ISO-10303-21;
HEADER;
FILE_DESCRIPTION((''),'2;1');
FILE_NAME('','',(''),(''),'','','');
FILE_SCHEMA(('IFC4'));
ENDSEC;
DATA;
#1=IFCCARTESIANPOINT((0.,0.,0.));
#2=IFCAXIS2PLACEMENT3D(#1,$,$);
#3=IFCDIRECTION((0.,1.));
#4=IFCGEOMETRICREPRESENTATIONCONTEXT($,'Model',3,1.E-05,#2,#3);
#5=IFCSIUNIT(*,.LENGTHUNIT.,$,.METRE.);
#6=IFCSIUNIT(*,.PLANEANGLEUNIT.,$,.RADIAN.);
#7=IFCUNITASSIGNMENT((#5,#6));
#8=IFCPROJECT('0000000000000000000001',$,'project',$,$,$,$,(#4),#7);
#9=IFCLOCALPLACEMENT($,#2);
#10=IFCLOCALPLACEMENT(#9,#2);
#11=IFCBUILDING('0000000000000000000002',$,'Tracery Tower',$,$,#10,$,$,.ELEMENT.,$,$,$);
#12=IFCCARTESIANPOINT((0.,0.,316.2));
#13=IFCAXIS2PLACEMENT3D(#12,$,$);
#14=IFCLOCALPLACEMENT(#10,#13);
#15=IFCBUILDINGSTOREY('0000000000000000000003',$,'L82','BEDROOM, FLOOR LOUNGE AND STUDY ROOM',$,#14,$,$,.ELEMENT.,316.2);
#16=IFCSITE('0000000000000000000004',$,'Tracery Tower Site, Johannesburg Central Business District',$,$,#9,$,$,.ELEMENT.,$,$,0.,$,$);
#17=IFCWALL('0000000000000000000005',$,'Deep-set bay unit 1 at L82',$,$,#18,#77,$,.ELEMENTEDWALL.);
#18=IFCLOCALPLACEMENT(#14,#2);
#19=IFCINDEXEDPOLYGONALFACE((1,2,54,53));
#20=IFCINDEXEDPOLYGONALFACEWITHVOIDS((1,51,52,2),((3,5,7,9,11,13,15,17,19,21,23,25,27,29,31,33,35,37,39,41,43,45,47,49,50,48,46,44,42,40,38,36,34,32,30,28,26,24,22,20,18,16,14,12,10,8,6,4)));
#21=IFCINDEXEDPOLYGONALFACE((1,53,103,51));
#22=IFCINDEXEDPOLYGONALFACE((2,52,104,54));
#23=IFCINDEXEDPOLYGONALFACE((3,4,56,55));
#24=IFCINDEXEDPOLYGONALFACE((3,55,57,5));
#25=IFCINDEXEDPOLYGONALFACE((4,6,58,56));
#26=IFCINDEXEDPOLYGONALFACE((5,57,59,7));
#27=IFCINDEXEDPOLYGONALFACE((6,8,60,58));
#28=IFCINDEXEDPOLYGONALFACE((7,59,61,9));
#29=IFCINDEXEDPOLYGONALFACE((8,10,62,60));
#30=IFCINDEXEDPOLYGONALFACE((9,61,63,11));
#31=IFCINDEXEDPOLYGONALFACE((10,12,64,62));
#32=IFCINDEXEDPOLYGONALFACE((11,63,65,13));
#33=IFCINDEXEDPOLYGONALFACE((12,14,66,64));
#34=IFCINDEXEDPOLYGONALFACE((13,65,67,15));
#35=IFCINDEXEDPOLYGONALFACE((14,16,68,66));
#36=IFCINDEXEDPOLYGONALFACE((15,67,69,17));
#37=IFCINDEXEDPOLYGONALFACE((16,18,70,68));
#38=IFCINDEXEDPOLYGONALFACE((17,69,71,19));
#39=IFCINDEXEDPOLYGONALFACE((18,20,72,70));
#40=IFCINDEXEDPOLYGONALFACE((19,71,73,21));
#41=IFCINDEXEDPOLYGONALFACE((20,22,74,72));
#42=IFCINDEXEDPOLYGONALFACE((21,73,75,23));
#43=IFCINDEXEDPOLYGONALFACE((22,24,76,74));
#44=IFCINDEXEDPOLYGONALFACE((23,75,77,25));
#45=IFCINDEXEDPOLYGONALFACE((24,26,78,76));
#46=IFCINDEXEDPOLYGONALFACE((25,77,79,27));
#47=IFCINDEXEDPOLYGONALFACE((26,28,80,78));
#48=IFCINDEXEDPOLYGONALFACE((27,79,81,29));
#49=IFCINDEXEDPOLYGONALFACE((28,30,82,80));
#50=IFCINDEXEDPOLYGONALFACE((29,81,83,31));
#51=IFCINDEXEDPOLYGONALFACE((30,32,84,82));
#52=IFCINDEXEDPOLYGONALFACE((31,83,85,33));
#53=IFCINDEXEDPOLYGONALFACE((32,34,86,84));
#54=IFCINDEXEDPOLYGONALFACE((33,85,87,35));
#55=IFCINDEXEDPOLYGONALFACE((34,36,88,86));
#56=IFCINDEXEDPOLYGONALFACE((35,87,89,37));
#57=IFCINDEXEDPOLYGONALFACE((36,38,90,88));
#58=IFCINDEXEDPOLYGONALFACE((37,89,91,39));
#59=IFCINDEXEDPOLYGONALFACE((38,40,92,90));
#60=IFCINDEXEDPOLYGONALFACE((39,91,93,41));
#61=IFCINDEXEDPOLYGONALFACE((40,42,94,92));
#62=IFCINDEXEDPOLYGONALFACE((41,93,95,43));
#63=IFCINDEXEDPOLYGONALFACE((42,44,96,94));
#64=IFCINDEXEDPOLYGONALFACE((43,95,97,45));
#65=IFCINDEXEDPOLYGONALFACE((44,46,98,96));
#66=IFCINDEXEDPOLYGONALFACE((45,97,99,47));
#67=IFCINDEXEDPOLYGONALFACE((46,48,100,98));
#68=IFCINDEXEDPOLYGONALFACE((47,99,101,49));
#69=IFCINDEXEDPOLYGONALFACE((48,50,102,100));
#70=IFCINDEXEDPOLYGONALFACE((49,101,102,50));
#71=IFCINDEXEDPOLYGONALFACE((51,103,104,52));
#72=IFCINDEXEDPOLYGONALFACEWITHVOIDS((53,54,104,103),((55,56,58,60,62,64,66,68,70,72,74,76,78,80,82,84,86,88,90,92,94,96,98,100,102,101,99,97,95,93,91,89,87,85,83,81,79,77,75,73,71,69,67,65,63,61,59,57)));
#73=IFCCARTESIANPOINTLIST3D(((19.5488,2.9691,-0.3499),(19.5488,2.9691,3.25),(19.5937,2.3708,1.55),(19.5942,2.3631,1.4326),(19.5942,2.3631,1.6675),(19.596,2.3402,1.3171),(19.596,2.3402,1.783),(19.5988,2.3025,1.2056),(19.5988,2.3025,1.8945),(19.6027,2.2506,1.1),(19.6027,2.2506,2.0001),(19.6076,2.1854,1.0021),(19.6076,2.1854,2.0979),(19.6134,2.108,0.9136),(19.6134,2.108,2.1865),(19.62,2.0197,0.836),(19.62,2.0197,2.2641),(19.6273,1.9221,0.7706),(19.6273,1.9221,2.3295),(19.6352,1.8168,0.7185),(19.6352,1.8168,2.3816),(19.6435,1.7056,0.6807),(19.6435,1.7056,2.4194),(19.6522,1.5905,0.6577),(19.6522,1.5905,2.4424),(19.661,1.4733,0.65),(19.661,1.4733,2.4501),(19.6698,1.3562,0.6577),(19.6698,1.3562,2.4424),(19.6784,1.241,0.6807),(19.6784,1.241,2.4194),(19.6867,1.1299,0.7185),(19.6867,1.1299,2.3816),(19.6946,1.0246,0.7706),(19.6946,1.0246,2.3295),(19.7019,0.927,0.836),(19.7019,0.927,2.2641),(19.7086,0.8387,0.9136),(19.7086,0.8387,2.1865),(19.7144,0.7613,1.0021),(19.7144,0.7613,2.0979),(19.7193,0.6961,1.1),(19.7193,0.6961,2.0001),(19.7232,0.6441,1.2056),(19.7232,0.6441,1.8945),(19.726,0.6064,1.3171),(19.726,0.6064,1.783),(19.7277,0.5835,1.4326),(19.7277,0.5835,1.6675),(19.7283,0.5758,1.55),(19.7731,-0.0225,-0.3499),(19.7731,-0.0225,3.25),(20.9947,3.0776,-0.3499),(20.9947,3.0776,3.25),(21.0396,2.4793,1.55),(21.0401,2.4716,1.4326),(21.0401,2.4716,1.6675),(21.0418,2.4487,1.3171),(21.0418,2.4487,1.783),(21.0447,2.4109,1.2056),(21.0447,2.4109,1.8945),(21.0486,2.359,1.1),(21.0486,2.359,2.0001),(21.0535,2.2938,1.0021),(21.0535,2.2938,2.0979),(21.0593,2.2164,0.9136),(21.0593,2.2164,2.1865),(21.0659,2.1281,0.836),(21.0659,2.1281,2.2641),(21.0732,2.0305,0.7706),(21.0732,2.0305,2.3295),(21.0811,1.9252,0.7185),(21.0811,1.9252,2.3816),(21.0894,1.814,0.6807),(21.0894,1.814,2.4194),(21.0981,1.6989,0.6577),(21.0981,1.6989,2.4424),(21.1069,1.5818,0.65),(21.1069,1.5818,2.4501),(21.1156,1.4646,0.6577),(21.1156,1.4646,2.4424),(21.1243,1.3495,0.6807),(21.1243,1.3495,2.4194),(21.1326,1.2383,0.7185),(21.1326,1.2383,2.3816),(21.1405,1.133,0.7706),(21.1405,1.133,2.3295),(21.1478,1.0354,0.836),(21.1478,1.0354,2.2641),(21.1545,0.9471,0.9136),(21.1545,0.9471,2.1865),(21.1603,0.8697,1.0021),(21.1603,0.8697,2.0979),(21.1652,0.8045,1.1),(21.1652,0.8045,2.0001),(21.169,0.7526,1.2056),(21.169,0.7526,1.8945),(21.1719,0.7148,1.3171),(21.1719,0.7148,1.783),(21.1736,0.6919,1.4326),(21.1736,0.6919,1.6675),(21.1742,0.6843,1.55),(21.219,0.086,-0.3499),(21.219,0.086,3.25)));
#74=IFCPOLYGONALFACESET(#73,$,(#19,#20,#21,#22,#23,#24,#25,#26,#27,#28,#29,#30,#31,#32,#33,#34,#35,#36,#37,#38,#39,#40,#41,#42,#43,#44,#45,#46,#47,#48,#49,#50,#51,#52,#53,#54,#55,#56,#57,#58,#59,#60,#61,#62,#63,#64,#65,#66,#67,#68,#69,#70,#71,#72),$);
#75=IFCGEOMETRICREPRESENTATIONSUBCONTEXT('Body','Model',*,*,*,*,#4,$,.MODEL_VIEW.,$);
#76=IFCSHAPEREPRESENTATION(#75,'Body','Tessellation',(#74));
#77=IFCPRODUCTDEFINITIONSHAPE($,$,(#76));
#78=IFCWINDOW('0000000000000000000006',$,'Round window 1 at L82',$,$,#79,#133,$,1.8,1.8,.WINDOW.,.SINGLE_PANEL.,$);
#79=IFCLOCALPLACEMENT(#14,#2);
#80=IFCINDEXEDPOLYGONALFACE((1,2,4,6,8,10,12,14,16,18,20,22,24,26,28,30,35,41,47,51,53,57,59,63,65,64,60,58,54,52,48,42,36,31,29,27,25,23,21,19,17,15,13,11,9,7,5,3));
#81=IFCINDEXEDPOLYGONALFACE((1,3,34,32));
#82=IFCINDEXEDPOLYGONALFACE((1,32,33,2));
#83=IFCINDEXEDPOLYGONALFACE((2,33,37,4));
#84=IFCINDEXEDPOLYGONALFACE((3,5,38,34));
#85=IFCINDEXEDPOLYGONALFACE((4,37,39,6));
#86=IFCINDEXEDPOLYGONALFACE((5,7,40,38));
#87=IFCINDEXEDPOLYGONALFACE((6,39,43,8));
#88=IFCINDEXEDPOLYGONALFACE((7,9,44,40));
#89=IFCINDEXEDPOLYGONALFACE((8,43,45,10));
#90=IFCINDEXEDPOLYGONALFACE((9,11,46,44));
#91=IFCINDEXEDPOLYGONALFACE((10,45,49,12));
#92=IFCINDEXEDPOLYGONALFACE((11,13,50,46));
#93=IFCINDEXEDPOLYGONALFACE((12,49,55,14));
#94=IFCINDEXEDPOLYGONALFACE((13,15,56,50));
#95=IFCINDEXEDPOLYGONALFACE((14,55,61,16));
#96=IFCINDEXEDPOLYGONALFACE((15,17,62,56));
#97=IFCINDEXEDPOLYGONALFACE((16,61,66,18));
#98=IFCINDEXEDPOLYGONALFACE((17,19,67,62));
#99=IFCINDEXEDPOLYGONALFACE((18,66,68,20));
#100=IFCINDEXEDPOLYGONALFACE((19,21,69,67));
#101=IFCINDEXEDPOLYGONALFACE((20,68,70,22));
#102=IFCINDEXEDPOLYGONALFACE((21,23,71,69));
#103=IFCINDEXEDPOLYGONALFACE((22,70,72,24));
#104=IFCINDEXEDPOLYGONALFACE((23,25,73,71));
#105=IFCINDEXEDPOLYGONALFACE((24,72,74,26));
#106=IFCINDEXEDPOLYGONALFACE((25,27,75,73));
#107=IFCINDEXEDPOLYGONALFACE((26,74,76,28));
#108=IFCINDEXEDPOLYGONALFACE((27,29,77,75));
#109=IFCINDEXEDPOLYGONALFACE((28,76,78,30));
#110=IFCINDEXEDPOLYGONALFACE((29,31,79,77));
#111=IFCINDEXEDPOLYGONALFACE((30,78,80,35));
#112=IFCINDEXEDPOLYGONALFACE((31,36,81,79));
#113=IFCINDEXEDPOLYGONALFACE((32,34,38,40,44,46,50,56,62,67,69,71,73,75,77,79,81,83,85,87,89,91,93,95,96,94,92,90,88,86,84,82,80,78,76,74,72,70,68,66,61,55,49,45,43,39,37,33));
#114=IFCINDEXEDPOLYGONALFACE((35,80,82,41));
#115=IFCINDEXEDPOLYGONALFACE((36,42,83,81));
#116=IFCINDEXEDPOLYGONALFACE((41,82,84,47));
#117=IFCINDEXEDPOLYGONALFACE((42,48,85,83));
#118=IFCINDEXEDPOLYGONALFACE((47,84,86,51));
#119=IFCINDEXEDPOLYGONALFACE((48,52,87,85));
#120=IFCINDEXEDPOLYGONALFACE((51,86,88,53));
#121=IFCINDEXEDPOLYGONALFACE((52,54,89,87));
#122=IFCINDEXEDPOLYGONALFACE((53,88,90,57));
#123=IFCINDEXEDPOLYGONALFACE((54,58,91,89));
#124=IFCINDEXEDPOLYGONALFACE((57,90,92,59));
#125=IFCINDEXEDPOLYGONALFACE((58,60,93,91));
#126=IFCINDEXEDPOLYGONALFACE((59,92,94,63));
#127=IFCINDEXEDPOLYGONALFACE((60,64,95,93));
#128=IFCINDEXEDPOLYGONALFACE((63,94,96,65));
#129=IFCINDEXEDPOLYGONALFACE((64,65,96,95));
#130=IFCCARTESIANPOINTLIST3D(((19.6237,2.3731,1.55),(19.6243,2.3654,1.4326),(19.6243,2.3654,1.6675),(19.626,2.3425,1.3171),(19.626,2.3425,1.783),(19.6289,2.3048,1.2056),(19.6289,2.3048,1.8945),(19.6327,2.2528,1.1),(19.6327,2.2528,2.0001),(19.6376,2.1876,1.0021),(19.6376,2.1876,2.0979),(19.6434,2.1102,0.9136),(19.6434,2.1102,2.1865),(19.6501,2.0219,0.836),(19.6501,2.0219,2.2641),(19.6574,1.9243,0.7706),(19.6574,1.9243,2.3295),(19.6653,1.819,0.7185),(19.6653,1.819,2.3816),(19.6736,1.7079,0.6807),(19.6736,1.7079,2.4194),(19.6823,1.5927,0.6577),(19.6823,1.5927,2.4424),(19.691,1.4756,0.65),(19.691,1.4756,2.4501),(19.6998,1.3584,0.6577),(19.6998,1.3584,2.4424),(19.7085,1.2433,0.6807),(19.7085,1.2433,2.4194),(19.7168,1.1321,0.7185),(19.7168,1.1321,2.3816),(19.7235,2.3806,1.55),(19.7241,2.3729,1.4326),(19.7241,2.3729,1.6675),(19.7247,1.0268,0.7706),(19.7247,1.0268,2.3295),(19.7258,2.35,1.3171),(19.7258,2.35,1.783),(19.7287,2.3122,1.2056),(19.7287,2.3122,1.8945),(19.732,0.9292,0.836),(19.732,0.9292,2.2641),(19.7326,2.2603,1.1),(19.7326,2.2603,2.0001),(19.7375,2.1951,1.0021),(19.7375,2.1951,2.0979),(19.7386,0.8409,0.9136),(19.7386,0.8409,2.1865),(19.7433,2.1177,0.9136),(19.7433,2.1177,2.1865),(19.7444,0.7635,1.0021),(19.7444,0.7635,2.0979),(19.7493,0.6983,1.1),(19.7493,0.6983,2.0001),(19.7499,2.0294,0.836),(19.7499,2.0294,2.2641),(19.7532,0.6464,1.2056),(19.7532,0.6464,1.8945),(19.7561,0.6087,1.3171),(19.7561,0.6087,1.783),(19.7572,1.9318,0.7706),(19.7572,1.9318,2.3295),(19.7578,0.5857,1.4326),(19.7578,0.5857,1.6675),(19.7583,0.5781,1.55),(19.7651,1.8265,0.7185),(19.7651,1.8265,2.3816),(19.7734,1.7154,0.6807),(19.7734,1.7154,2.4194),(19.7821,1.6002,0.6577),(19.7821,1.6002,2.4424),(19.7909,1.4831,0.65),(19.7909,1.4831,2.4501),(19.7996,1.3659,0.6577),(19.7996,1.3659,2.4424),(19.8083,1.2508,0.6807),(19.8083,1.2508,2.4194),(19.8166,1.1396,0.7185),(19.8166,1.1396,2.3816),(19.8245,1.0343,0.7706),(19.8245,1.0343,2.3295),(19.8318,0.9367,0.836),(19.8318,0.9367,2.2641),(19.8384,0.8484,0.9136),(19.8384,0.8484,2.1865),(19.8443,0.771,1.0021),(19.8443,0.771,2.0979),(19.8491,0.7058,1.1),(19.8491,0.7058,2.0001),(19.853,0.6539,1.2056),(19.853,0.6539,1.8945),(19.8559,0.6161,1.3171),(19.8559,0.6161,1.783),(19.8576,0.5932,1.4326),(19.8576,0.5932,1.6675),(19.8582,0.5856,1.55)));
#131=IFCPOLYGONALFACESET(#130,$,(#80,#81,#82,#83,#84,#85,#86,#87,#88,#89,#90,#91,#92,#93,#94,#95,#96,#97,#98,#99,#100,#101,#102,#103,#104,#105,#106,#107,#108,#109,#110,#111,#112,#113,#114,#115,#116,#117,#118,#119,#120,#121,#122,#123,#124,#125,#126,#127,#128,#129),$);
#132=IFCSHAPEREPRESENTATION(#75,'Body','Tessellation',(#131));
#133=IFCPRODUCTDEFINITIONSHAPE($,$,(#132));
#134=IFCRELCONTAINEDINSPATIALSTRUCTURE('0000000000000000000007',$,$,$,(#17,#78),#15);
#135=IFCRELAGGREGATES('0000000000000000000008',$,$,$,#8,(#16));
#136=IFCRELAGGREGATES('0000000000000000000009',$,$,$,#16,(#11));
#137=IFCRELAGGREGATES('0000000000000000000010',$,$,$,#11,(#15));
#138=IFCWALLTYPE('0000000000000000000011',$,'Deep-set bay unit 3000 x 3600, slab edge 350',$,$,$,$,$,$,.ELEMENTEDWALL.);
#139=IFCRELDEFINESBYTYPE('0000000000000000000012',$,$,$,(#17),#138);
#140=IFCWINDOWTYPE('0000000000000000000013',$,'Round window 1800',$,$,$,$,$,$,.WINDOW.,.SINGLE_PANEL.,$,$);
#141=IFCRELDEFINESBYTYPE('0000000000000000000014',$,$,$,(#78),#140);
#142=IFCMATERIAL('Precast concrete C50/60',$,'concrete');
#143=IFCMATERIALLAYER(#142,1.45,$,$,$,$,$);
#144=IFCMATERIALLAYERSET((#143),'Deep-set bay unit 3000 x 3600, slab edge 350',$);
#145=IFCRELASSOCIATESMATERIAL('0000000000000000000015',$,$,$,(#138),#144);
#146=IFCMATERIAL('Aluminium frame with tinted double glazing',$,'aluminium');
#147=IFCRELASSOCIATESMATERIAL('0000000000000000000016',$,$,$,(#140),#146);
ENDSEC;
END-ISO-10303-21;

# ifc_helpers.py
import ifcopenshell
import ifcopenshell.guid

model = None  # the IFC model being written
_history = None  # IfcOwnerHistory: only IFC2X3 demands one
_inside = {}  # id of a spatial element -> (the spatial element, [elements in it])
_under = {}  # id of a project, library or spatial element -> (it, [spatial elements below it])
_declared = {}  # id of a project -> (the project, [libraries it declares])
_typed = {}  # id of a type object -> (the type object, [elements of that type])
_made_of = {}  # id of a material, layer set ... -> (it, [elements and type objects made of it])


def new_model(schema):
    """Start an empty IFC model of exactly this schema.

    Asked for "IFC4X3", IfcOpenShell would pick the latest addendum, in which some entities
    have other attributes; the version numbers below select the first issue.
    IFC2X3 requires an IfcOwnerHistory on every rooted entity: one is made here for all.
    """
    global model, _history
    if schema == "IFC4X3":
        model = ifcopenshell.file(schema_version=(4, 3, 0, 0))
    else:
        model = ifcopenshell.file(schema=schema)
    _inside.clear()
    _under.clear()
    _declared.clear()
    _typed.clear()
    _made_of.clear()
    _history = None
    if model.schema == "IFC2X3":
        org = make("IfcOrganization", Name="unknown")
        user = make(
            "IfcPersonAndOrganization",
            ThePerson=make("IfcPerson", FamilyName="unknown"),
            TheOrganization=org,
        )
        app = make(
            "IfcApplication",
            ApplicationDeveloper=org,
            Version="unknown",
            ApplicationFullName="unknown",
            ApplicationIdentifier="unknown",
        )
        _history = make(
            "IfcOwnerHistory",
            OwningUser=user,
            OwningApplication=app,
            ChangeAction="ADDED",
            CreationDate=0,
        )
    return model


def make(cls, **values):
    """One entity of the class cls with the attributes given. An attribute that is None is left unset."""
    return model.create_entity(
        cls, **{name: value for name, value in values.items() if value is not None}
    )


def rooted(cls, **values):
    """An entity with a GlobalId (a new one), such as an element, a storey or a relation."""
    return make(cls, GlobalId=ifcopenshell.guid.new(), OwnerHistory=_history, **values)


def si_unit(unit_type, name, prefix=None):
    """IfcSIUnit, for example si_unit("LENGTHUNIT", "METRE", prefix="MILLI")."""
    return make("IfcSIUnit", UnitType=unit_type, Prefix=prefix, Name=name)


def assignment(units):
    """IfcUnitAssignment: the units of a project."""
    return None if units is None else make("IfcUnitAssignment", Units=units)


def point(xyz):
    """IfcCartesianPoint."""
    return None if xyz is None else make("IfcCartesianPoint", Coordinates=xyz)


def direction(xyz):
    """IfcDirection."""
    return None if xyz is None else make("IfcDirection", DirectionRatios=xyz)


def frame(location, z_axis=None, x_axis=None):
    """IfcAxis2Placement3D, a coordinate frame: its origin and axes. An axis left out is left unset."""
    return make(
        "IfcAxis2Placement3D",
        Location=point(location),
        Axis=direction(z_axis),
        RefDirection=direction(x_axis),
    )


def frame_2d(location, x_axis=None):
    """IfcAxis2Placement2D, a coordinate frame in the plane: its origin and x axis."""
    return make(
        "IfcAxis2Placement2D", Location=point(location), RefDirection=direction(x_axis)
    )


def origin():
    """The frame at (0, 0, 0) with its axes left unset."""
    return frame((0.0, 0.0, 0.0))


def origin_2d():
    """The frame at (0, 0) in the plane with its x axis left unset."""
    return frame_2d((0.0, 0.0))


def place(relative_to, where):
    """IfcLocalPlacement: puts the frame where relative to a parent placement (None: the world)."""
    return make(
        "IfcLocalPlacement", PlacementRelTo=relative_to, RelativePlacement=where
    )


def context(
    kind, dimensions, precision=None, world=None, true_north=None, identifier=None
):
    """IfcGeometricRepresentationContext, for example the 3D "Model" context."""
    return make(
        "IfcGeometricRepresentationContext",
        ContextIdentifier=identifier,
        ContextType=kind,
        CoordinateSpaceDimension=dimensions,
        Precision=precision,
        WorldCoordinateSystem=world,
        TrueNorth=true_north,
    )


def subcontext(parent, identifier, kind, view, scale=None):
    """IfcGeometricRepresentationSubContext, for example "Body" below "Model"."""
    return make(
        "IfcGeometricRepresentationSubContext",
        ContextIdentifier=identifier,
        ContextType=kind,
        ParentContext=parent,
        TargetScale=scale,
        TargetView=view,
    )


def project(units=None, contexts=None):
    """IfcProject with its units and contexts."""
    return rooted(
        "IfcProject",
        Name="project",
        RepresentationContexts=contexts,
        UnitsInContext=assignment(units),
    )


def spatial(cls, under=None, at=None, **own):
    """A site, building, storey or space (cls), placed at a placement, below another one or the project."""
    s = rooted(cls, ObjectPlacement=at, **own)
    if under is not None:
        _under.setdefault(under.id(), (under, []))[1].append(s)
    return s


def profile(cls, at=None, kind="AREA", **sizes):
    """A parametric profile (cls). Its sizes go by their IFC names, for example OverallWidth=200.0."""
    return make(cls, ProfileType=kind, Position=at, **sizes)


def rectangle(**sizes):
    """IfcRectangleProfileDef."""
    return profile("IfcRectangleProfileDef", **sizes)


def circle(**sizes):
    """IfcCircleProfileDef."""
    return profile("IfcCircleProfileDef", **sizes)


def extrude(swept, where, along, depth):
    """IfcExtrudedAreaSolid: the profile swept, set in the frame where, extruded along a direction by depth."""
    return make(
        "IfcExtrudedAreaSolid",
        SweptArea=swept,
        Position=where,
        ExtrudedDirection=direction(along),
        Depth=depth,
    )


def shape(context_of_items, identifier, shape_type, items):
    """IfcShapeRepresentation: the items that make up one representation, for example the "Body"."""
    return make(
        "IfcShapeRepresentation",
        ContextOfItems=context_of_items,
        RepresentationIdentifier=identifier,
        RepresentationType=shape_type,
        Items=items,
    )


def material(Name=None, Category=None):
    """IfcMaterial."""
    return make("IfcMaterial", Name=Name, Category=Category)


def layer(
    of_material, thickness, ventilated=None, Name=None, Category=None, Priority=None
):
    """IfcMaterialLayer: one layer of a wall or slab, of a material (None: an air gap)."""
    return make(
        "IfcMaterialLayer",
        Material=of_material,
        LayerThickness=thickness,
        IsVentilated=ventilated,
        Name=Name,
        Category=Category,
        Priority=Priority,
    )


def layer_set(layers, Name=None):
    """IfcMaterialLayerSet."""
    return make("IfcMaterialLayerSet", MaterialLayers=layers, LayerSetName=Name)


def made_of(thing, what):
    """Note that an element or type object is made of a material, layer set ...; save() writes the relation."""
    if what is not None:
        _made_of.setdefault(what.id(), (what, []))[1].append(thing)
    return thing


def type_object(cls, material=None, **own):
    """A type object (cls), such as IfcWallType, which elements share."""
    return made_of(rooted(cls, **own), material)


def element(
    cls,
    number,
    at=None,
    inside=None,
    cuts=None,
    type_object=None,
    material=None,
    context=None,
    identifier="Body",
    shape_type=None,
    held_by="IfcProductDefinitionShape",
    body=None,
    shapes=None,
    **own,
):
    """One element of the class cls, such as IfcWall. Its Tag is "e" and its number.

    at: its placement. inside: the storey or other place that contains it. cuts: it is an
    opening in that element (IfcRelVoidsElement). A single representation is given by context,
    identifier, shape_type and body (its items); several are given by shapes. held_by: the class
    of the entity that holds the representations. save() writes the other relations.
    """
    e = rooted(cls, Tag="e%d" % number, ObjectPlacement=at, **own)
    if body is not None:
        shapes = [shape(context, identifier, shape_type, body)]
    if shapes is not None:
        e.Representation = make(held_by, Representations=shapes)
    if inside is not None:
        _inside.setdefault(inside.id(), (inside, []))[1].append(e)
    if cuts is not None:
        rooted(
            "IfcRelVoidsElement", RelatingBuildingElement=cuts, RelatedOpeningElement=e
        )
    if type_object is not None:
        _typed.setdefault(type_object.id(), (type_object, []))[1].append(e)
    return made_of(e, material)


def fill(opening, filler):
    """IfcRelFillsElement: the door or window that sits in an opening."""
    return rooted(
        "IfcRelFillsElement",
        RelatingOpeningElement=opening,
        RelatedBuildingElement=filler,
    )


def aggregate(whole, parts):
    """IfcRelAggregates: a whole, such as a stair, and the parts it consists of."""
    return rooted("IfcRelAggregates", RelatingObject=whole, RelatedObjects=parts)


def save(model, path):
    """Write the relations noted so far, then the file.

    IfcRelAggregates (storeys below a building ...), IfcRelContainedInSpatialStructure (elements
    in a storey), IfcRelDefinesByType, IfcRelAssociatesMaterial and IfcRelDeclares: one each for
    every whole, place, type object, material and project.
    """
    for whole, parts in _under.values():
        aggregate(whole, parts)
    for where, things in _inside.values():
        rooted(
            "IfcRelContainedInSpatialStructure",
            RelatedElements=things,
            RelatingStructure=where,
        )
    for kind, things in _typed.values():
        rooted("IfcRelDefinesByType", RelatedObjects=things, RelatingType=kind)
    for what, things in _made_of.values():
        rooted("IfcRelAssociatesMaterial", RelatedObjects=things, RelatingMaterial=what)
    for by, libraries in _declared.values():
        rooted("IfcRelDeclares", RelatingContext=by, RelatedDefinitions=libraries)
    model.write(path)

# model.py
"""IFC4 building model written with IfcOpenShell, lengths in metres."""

from ifc_helpers import new_model, si_unit, direction, frame, frame_2d, origin, origin_2d, place, context, subcontext, project, spatial, rectangle, circle, extrude, material, layer, layer_set, type_object, element, fill, save


model = new_model("IFC4")

# Units and contexts
model_context = context("Model", 3, precision=1e-05, world=origin(), true_north=direction((0.0, 1.0)))
body_context = subcontext(model_context, "Body", "Model", "MODEL_VIEW")
ifc_project = project(units=[si_unit("LENGTHUNIT", "METRE"), si_unit("PLANEANGLEUNIT", "RADIAN")], contexts=[model_context])

# Site, building, storey
site_placement = place(None, origin())
site = spatial("IfcSite", under=ifc_project, at=site_placement, Name="Tracery Tower Site, Johannesburg Central Business District", CompositionType="ELEMENT", RefElevation=0.0)
building_placement = place(site_placement, origin())
building = spatial("IfcBuilding", under=site, at=building_placement, Name="Tracery Tower", CompositionType="ELEMENT")
storey_placement = place(building_placement, frame((0.0, 0.0, 316.2)))
storey = spatial("IfcBuildingStorey", under=building, at=storey_placement, Name="L82", Description="BEDROOM, FLOOR LOUNGE AND STUDY ROOM", CompositionType="ELEMENT", Elevation=316.2)

# Wall, opening, window
ifc_material_1 = material(Name="Precast concrete C50/60", Category="concrete")
ifc_layer_1 = layer(ifc_material_1, 1.45)
ifc_layer_set_1 = layer_set([ifc_layer_1], Name="Deep-set bay unit 3000 x 3600, slab edge 350")
wall_type_1 = type_object("IfcWallType", Name="Deep-set bay unit 3000 x 3600, slab edge 350", PredefinedType="ELEMENTEDWALL", material=ifc_layer_set_1)
wall_1_placement = place(storey_placement, frame((20.4961, 0.0317, -0.3499), z_axis=(0.0, 0.0, 1.0), x_axis=(-0.074786, 0.9972, 0.0)))
wall_1 = element("IfcWall", 1, at=wall_1_placement, inside=storey, type_object=wall_type_1, Name="Deep-set bay unit 1 at L82", PredefinedType="ELEMENTEDWALL", context=body_context, shape_type="SweptSolid", body=[
    extrude(rectangle(XDim=3.0, YDim=1.45, at=frame_2d((1.5, 0.0))), origin(), (0.0, 0.0, 1.0), 3.5999),
])
opening_1_placement = place(wall_1_placement, frame((1.5, 0.0, 1.8999)))
opening_1 = element("IfcOpeningElement", 2, at=opening_1_placement, cuts=wall_1, PredefinedType="OPENING", context=body_context, shape_type="SweptSolid", body=[
    extrude(circle(Radius=0.9, at=origin_2d()), frame((0.0, 0.7349, 0.0), z_axis=(0.0, -1.0, 0.0), x_axis=(1.0, 0.0, 0.0)), (0.0, 0.0, 1.0), 1.47),
])
ifc_material_2 = material(Name="Aluminium frame with tinted double glazing", Category="aluminium")
window_type = type_object("IfcWindowType", Name="Round window 1800", PartitioningType="SINGLE_PANEL", PredefinedType="WINDOW", material=ifc_material_2)
window_1_placement = place(opening_1_placement, origin())
window_1 = element("IfcWindow", 3, at=window_1_placement, inside=storey, type_object=window_type, Name="Round window 1 at L82", OverallHeight=1.8, OverallWidth=1.8, PartitioningType="SINGLE_PANEL", PredefinedType="WINDOW", context=body_context, shape_type="SweptSolid", body=[
    extrude(circle(Radius=0.9, at=origin_2d()), frame((0.0, 0.6948, 0.0), z_axis=(0.0, -1.0, 0.0), x_axis=(1.0, 0.0, 0.0)), (0.0, 0.0, 1.0), 0.1001),
])
fill(opening_1, window_1)

save(model, "model.ifc")
